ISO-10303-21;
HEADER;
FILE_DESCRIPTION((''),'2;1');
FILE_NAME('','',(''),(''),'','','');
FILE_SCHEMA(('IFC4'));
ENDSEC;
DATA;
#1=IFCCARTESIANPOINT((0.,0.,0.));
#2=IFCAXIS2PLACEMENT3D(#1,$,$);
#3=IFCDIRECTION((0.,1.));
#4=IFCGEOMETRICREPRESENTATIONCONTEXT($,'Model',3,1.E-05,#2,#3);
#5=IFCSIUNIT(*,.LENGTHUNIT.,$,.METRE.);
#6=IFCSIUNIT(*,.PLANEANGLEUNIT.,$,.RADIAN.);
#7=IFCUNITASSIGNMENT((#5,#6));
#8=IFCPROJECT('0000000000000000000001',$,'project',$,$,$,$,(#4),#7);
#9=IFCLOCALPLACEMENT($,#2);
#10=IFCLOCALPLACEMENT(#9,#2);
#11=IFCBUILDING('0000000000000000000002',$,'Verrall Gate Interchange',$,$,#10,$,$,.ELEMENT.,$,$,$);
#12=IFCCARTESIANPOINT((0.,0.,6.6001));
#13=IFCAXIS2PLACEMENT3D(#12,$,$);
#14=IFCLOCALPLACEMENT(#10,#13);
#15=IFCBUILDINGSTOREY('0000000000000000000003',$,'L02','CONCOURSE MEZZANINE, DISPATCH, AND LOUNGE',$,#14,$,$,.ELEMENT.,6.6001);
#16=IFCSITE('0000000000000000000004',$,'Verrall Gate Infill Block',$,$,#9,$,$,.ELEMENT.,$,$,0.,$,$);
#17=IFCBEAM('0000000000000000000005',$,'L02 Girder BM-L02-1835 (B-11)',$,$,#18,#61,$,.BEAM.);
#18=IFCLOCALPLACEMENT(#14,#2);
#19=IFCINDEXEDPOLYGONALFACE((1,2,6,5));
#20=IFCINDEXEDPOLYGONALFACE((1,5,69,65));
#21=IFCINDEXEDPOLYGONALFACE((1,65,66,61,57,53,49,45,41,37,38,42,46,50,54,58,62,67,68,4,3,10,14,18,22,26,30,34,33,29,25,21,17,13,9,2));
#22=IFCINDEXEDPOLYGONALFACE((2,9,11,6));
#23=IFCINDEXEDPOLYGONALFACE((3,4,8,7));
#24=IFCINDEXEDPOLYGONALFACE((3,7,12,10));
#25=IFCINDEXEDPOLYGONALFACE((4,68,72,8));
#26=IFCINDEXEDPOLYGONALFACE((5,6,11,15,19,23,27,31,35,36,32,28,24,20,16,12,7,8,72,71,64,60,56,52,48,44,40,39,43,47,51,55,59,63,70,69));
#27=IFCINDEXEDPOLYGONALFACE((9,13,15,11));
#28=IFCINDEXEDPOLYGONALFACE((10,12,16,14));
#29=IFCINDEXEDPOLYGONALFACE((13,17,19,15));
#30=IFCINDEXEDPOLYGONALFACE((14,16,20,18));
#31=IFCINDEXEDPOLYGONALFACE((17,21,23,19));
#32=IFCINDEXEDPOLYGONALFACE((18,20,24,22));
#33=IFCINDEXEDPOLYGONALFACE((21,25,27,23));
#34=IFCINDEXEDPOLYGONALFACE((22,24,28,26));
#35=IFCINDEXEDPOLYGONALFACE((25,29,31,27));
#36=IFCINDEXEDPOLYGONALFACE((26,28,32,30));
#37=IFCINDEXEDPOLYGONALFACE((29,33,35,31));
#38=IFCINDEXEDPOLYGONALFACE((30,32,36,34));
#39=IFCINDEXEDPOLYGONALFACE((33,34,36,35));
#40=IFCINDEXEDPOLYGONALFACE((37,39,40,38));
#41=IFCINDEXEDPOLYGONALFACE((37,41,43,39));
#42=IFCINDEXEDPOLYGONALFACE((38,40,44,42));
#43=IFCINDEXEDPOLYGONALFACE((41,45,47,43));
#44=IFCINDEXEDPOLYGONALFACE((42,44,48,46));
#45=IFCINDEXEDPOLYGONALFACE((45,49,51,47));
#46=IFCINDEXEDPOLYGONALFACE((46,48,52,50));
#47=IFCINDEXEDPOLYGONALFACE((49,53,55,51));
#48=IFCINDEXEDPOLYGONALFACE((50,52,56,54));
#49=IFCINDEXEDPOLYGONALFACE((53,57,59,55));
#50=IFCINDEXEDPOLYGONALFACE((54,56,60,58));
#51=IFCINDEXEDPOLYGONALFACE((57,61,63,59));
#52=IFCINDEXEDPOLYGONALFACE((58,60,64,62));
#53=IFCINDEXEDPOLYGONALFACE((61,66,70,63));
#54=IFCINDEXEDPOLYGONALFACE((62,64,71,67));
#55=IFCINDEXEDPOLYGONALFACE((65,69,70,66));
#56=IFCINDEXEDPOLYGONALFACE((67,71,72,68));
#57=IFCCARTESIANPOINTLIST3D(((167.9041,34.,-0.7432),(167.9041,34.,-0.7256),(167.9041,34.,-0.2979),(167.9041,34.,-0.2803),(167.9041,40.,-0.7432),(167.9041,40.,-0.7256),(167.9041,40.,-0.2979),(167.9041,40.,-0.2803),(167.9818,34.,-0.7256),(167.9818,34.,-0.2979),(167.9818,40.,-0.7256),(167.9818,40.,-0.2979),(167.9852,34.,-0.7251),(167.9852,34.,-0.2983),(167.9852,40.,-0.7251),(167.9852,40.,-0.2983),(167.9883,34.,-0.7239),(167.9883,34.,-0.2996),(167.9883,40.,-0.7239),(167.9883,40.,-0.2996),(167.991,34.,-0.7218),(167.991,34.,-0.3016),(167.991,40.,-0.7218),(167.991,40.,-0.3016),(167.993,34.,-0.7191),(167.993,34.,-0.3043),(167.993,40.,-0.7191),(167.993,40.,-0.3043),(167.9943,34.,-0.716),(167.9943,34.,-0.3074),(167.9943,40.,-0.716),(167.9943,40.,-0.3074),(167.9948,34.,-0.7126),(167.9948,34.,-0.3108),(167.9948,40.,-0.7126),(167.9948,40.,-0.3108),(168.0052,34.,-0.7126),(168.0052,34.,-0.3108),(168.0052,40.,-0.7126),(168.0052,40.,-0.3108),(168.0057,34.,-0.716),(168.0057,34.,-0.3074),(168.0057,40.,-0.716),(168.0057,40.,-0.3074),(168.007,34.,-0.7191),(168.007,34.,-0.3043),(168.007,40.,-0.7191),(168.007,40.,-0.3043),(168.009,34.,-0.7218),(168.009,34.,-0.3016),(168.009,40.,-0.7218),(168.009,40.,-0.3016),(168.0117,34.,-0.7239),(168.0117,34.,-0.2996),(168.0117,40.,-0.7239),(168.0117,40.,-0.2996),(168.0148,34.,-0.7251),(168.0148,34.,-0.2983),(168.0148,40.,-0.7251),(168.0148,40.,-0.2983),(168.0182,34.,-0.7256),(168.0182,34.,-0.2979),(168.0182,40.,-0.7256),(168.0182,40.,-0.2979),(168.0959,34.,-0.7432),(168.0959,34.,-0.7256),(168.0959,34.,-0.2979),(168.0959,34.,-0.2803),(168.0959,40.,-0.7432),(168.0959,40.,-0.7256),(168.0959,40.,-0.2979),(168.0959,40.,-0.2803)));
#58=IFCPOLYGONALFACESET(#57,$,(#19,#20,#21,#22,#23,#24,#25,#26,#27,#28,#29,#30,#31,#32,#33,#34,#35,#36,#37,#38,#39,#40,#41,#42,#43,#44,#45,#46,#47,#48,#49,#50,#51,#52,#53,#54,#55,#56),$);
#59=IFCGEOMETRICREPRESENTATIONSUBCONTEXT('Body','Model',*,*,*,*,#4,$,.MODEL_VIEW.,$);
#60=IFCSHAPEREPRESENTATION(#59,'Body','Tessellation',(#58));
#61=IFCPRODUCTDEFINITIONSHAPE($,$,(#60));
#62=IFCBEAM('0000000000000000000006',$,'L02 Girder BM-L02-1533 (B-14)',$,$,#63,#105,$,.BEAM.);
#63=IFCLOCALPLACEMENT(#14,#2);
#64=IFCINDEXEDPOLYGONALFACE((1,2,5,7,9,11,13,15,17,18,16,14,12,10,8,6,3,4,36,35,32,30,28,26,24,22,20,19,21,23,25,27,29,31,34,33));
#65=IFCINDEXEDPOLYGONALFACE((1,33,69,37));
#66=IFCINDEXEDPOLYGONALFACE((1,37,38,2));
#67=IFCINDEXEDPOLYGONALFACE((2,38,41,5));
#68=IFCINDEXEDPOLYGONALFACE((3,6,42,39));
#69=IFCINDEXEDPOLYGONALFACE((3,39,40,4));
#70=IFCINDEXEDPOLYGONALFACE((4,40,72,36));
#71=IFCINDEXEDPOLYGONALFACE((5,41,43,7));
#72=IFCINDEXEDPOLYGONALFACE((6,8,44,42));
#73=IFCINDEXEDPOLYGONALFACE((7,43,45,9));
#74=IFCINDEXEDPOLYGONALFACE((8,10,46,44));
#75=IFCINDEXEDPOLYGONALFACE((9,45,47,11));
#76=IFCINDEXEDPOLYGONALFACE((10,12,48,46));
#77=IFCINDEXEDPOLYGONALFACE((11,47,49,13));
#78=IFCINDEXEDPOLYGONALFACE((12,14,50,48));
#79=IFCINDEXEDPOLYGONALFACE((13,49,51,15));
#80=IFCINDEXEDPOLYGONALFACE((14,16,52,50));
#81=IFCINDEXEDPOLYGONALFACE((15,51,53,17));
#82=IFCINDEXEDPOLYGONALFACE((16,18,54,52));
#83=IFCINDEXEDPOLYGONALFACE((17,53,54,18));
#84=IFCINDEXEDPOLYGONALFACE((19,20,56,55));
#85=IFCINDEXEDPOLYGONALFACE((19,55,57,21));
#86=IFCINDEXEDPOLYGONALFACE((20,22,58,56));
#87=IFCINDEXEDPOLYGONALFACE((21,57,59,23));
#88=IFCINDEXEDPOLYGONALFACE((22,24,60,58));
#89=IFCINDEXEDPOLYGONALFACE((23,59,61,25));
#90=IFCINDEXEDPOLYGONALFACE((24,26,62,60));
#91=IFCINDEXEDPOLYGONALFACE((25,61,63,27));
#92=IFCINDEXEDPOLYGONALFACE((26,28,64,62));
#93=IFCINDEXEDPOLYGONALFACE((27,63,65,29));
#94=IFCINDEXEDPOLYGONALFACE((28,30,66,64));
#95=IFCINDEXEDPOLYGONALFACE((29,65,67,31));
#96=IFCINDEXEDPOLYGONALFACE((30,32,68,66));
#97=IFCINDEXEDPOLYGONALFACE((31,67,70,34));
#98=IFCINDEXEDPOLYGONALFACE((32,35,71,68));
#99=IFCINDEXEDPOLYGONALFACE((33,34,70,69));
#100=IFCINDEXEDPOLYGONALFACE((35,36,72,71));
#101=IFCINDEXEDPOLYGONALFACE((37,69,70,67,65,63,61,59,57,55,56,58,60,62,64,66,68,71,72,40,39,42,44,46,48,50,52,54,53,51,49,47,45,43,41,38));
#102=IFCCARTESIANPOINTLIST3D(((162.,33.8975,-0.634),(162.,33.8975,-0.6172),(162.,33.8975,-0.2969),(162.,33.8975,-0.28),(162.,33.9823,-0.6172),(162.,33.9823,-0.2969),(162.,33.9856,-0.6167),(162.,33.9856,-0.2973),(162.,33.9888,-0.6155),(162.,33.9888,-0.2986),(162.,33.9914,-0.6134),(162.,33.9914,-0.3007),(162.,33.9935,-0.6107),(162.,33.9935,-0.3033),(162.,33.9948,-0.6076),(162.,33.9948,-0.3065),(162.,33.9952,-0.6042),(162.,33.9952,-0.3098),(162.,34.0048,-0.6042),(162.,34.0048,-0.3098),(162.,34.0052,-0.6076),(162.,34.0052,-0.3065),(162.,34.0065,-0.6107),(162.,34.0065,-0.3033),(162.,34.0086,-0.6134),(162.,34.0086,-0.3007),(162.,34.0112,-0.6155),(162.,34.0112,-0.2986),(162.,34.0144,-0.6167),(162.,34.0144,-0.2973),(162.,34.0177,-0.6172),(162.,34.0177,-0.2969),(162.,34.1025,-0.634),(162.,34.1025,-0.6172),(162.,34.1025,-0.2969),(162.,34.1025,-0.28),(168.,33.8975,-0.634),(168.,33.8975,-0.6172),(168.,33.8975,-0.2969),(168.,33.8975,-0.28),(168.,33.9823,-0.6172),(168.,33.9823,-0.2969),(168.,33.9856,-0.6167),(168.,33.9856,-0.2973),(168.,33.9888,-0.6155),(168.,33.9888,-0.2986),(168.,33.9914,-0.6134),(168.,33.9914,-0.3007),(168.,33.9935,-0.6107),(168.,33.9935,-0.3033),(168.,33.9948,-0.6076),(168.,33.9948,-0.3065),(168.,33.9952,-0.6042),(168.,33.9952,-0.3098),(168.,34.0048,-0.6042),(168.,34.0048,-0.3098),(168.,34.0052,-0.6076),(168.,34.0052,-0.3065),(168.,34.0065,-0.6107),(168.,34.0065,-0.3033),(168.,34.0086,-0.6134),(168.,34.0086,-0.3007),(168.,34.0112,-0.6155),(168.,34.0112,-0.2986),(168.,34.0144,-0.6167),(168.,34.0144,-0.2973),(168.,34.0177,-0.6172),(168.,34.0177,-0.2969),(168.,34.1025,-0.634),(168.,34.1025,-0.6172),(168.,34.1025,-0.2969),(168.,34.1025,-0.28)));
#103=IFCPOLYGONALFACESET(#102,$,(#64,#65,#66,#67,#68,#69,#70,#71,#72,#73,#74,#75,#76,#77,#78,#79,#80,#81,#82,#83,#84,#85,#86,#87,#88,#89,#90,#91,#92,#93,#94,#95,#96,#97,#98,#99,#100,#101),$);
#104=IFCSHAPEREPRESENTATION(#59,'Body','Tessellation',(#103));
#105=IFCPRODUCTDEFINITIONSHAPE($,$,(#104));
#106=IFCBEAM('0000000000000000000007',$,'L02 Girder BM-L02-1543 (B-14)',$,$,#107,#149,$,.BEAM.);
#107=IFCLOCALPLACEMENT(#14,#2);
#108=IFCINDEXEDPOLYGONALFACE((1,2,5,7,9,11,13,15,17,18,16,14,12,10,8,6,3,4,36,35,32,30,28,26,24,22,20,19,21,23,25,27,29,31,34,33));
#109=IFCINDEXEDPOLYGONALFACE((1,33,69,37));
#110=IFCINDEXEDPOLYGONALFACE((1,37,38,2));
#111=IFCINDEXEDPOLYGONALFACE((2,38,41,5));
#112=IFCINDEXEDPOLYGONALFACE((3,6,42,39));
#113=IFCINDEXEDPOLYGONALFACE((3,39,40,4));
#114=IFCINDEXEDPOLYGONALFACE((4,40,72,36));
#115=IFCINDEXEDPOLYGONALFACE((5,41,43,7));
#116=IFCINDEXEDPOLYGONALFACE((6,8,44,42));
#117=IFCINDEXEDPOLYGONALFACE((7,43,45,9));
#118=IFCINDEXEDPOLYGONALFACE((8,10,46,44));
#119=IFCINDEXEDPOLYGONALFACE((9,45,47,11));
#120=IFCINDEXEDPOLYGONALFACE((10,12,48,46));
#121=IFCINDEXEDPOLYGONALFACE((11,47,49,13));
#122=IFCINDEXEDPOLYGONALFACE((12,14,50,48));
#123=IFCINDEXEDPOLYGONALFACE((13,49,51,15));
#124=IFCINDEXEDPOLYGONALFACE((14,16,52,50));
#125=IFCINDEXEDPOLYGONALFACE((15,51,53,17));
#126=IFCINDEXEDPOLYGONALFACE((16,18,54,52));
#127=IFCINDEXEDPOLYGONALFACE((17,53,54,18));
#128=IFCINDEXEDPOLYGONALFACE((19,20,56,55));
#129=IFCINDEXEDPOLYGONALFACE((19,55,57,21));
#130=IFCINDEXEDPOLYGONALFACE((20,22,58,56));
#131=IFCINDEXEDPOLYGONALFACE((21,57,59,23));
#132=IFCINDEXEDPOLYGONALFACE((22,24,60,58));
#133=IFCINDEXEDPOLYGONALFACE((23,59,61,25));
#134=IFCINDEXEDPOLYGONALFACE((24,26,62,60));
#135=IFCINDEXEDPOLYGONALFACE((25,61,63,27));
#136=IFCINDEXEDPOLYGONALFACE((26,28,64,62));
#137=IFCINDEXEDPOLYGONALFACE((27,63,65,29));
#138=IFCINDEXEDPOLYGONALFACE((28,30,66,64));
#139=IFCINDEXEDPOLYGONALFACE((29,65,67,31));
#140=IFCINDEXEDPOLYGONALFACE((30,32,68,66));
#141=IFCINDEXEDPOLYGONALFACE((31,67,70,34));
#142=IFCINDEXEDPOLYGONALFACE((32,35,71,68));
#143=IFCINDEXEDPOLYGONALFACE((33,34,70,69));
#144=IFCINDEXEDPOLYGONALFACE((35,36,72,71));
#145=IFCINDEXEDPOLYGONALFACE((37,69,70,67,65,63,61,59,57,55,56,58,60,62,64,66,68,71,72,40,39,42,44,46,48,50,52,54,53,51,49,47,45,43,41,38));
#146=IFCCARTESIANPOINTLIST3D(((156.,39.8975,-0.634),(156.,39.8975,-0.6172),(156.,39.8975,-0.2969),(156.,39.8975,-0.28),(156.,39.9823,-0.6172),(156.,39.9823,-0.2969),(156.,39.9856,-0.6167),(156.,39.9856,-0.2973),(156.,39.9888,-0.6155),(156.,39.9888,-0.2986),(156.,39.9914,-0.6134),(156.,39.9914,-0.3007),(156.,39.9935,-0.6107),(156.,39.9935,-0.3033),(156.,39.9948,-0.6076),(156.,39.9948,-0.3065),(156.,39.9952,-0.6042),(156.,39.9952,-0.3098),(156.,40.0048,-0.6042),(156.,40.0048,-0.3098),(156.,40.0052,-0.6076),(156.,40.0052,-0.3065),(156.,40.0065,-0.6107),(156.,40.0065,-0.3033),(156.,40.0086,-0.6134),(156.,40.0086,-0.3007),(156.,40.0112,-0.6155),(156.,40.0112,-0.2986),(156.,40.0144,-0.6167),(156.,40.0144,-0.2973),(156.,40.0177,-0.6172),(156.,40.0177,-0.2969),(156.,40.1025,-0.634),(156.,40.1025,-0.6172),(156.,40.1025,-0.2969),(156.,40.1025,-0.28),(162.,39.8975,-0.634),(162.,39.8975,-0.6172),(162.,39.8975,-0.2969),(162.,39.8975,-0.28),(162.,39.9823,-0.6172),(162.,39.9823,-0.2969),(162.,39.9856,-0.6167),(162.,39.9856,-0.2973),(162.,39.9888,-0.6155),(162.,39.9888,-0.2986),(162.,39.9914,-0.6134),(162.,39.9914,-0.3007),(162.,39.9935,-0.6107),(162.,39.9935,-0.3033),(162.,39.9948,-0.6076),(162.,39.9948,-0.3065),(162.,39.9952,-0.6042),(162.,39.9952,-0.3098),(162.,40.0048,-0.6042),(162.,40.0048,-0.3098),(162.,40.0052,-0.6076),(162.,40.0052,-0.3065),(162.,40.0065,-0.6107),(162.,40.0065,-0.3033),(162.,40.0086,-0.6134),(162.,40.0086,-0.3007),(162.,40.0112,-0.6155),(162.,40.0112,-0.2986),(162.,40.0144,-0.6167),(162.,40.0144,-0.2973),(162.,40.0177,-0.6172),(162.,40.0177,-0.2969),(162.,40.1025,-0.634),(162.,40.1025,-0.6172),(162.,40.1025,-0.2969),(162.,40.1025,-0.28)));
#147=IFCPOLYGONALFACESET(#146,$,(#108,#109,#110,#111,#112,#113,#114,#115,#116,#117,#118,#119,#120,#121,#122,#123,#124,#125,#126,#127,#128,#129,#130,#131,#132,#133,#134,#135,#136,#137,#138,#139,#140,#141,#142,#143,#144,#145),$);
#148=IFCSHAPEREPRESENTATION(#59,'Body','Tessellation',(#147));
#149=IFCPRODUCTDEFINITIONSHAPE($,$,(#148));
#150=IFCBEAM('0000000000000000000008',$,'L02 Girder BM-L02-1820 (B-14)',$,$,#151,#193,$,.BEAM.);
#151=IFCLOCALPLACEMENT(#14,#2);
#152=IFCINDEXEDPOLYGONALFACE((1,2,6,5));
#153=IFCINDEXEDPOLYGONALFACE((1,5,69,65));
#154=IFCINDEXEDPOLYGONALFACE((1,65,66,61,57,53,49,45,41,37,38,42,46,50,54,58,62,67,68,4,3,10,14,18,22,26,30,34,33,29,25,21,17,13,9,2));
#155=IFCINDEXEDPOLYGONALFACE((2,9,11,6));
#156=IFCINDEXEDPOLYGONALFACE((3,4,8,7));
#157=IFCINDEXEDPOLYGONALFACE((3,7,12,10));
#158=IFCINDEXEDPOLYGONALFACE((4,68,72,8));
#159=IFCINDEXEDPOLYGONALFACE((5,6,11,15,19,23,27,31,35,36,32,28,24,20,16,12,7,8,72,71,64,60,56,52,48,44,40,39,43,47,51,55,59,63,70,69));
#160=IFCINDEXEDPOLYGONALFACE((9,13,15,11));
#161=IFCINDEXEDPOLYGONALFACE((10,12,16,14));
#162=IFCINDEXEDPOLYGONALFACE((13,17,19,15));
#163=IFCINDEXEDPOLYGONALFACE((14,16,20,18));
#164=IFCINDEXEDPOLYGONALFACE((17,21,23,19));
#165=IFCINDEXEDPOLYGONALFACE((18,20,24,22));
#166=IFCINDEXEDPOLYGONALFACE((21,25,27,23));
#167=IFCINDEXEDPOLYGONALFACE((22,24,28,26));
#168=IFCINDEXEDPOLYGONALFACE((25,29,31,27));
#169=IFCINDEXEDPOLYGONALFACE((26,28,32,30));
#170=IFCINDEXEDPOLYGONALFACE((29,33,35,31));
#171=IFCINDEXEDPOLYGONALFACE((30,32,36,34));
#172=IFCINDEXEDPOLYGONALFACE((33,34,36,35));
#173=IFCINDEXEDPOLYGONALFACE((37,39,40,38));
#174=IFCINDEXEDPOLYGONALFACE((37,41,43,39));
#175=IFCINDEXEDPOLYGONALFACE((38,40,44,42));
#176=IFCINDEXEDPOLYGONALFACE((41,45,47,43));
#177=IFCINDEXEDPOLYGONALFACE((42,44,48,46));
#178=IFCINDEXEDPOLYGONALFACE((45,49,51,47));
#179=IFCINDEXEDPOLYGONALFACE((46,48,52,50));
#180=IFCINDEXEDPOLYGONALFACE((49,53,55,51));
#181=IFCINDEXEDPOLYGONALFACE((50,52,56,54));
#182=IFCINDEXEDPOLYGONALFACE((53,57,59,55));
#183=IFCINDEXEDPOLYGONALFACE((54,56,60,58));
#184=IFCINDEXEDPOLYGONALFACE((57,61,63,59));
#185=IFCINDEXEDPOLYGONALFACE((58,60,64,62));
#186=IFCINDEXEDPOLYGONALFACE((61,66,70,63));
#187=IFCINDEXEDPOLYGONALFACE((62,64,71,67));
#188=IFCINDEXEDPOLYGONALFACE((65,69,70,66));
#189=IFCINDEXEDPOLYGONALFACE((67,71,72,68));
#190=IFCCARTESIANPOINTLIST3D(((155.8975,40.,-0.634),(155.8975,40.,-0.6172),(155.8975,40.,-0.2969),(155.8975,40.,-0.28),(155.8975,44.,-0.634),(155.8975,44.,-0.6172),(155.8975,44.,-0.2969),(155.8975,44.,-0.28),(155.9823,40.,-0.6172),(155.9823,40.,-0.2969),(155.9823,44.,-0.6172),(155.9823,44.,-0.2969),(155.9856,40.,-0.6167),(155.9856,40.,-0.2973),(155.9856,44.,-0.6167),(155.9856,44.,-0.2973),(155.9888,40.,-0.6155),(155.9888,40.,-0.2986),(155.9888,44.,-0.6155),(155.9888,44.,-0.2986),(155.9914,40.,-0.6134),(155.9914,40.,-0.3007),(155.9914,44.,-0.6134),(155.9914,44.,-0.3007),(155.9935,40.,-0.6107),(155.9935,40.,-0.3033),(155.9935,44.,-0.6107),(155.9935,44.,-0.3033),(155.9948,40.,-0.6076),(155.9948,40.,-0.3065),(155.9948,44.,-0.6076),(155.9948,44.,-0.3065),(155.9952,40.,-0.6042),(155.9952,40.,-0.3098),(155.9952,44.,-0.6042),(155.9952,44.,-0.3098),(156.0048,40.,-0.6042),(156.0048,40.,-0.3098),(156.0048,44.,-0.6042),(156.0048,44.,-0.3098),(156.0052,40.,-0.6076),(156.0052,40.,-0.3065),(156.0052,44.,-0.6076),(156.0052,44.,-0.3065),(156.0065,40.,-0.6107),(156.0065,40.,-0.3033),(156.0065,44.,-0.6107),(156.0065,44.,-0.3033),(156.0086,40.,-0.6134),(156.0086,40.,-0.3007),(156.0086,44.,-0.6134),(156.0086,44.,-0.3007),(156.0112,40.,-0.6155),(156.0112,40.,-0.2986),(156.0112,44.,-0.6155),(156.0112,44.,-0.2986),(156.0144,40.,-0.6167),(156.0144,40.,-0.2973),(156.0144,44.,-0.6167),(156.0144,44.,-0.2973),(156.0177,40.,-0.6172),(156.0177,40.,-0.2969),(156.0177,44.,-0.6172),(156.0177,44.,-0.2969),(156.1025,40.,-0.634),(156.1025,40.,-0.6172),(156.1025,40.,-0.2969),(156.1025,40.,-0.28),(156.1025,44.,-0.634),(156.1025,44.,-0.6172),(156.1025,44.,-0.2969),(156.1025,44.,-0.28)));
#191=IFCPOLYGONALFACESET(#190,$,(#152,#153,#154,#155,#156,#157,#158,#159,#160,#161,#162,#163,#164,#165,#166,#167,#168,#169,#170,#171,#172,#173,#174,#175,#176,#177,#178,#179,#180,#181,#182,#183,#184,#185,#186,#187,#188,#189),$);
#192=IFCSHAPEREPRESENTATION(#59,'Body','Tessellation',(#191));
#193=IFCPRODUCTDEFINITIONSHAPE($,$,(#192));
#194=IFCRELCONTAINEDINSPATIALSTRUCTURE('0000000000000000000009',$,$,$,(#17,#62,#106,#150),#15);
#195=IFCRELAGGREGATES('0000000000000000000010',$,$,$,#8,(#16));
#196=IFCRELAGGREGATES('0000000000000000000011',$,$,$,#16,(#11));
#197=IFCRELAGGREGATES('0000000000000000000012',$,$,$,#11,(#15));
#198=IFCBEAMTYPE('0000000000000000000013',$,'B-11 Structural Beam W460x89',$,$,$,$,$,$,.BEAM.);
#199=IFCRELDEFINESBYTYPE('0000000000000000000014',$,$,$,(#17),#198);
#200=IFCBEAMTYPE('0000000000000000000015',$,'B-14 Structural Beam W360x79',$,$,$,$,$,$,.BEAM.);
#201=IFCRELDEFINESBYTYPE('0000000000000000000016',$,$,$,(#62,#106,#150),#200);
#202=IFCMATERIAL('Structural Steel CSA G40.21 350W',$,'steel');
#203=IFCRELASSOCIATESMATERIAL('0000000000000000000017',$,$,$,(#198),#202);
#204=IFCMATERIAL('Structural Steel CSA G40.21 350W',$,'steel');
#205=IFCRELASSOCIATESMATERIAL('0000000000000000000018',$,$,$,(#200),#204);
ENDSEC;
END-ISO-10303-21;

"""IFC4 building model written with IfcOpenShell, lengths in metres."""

from ifc_helpers import new_model, si_unit, direction, frame, origin, origin_2d, place, context, subcontext, project, spatial, i_section, extrude, material, material_profile, profile_set, type_object, element, save


model = new_model("IFC4")

# Units and contexts
model_context = context("Model", 3, precision=1e-05, world=origin(), true_north=direction((0.0, 1.0)))
body_context = subcontext(model_context, "Body", "Model", "MODEL_VIEW")
ifc_project = project(units=[si_unit("LENGTHUNIT", "METRE"), si_unit("PLANEANGLEUNIT", "RADIAN")], contexts=[model_context])

# Site, building, storey
site_placement = place(None, origin())
site = spatial("IfcSite", under=ifc_project, at=site_placement, Name="Verrall Gate Infill Block", CompositionType="ELEMENT", RefElevation=0.0)
building_placement = place(site_placement, origin())
building = spatial("IfcBuilding", under=site, at=building_placement, Name="Verrall Gate Interchange", CompositionType="ELEMENT")
storey_placement = place(building_placement, frame((0.0, 0.0, 6.6001)))
storey = spatial("IfcBuildingStorey", under=building, at=storey_placement, Name="L02", Description="CONCOURSE MEZZANINE, DISPATCH, AND LOUNGE", CompositionType="ELEMENT", Elevation=6.6001)

# Beams
ifc_material_1 = material(Name="Structural Steel CSA G40.21 350W", Category="steel")
ifc_material_profile_1 = material_profile(ifc_material_1, i_section(OverallWidth=0.1919, OverallDepth=0.4629, WebThickness=0.0105, FlangeThickness=0.0176, FilletRadius=0.0129, at=origin_2d()), Name="W460x89")
ifc_profile_set_1 = profile_set([ifc_material_profile_1], Name="Structural Steel CSA G40.21 350W")
beam_type_1 = type_object("IfcBeamType", Name="B-11 Structural Beam W460x89", PredefinedType="BEAM", material=ifc_profile_set_1)
beam_1_placement = place(storey_placement, frame((168.0, 34.0, -0.5117), z_axis=(0.0, 1.0, 0.0), x_axis=(-1.0, 0.0, 0.0)))
element("IfcBeam", 1, at=beam_1_placement, inside=storey, type_object=beam_type_1, Name="L02 Girder BM-L02-1835 (B-11)", PredefinedType="BEAM", context=body_context, shape_type="SweptSolid", body=[
    extrude(i_section(OverallWidth=0.1919, OverallDepth=0.4629, WebThickness=0.0105, FlangeThickness=0.0176, FilletRadius=0.0129, at=origin_2d()), origin(), (0.0, 0.0, 1.0), 6.0),
])
ifc_material_2 = material(Name="Structural Steel CSA G40.21 350W", Category="steel")
ifc_material_profile_2 = material_profile(ifc_material_2, i_section(OverallWidth=0.2051, OverallDepth=0.354, WebThickness=0.0095, FlangeThickness=0.0168, FilletRadius=0.0129, at=origin_2d()), Name="W360x79")
ifc_profile_set_2 = profile_set([ifc_material_profile_2], Name="Structural Steel CSA G40.21 350W")
beam_type_2 = type_object("IfcBeamType", Name="B-14 Structural Beam W360x79", PredefinedType="BEAM", material=ifc_profile_set_2)
for number, where, z_axis, x_axis, name in (
    (2, (162.0, 34.0, -0.457), (1.0, 0.0, 0.0), (0.0, 1.0, 0.0), "L02 Girder BM-L02-1533 (B-14)"),
    (3, (156.0, 40.0, -0.457), (1.0, 0.0, 0.0), (0.0, 1.0, 0.0), "L02 Girder BM-L02-1543 (B-14)"),
):
    element("IfcBeam", number, at=place(storey_placement, frame(where, z_axis=z_axis, x_axis=x_axis)), inside=storey, type_object=beam_type_2, Name=name, PredefinedType="BEAM", context=body_context, shape_type="SweptSolid", body=[
        extrude(i_section(OverallWidth=0.2051, OverallDepth=0.354, WebThickness=0.0095, FlangeThickness=0.0168, FilletRadius=0.0129, at=origin_2d()), origin(), (0.0, 0.0, 1.0), 6.0),
    ])
beam_2_placement = place(storey_placement, frame((156.0, 40.0, -0.457), z_axis=(0.0, 1.0, 0.0), x_axis=(-1.0, 0.0, 0.0)))
element("IfcBeam", 4, at=beam_2_placement, inside=storey, type_object=beam_type_2, Name="L02 Girder BM-L02-1820 (B-14)", PredefinedType="BEAM", context=body_context, shape_type="SweptSolid", body=[
    extrude(i_section(OverallWidth=0.2051, OverallDepth=0.354, WebThickness=0.0095, FlangeThickness=0.0168, FilletRadius=0.0129, at=origin_2d()), origin(), (0.0, 0.0, 1.0), 4.0),
])

save(model, "model.ifc")
